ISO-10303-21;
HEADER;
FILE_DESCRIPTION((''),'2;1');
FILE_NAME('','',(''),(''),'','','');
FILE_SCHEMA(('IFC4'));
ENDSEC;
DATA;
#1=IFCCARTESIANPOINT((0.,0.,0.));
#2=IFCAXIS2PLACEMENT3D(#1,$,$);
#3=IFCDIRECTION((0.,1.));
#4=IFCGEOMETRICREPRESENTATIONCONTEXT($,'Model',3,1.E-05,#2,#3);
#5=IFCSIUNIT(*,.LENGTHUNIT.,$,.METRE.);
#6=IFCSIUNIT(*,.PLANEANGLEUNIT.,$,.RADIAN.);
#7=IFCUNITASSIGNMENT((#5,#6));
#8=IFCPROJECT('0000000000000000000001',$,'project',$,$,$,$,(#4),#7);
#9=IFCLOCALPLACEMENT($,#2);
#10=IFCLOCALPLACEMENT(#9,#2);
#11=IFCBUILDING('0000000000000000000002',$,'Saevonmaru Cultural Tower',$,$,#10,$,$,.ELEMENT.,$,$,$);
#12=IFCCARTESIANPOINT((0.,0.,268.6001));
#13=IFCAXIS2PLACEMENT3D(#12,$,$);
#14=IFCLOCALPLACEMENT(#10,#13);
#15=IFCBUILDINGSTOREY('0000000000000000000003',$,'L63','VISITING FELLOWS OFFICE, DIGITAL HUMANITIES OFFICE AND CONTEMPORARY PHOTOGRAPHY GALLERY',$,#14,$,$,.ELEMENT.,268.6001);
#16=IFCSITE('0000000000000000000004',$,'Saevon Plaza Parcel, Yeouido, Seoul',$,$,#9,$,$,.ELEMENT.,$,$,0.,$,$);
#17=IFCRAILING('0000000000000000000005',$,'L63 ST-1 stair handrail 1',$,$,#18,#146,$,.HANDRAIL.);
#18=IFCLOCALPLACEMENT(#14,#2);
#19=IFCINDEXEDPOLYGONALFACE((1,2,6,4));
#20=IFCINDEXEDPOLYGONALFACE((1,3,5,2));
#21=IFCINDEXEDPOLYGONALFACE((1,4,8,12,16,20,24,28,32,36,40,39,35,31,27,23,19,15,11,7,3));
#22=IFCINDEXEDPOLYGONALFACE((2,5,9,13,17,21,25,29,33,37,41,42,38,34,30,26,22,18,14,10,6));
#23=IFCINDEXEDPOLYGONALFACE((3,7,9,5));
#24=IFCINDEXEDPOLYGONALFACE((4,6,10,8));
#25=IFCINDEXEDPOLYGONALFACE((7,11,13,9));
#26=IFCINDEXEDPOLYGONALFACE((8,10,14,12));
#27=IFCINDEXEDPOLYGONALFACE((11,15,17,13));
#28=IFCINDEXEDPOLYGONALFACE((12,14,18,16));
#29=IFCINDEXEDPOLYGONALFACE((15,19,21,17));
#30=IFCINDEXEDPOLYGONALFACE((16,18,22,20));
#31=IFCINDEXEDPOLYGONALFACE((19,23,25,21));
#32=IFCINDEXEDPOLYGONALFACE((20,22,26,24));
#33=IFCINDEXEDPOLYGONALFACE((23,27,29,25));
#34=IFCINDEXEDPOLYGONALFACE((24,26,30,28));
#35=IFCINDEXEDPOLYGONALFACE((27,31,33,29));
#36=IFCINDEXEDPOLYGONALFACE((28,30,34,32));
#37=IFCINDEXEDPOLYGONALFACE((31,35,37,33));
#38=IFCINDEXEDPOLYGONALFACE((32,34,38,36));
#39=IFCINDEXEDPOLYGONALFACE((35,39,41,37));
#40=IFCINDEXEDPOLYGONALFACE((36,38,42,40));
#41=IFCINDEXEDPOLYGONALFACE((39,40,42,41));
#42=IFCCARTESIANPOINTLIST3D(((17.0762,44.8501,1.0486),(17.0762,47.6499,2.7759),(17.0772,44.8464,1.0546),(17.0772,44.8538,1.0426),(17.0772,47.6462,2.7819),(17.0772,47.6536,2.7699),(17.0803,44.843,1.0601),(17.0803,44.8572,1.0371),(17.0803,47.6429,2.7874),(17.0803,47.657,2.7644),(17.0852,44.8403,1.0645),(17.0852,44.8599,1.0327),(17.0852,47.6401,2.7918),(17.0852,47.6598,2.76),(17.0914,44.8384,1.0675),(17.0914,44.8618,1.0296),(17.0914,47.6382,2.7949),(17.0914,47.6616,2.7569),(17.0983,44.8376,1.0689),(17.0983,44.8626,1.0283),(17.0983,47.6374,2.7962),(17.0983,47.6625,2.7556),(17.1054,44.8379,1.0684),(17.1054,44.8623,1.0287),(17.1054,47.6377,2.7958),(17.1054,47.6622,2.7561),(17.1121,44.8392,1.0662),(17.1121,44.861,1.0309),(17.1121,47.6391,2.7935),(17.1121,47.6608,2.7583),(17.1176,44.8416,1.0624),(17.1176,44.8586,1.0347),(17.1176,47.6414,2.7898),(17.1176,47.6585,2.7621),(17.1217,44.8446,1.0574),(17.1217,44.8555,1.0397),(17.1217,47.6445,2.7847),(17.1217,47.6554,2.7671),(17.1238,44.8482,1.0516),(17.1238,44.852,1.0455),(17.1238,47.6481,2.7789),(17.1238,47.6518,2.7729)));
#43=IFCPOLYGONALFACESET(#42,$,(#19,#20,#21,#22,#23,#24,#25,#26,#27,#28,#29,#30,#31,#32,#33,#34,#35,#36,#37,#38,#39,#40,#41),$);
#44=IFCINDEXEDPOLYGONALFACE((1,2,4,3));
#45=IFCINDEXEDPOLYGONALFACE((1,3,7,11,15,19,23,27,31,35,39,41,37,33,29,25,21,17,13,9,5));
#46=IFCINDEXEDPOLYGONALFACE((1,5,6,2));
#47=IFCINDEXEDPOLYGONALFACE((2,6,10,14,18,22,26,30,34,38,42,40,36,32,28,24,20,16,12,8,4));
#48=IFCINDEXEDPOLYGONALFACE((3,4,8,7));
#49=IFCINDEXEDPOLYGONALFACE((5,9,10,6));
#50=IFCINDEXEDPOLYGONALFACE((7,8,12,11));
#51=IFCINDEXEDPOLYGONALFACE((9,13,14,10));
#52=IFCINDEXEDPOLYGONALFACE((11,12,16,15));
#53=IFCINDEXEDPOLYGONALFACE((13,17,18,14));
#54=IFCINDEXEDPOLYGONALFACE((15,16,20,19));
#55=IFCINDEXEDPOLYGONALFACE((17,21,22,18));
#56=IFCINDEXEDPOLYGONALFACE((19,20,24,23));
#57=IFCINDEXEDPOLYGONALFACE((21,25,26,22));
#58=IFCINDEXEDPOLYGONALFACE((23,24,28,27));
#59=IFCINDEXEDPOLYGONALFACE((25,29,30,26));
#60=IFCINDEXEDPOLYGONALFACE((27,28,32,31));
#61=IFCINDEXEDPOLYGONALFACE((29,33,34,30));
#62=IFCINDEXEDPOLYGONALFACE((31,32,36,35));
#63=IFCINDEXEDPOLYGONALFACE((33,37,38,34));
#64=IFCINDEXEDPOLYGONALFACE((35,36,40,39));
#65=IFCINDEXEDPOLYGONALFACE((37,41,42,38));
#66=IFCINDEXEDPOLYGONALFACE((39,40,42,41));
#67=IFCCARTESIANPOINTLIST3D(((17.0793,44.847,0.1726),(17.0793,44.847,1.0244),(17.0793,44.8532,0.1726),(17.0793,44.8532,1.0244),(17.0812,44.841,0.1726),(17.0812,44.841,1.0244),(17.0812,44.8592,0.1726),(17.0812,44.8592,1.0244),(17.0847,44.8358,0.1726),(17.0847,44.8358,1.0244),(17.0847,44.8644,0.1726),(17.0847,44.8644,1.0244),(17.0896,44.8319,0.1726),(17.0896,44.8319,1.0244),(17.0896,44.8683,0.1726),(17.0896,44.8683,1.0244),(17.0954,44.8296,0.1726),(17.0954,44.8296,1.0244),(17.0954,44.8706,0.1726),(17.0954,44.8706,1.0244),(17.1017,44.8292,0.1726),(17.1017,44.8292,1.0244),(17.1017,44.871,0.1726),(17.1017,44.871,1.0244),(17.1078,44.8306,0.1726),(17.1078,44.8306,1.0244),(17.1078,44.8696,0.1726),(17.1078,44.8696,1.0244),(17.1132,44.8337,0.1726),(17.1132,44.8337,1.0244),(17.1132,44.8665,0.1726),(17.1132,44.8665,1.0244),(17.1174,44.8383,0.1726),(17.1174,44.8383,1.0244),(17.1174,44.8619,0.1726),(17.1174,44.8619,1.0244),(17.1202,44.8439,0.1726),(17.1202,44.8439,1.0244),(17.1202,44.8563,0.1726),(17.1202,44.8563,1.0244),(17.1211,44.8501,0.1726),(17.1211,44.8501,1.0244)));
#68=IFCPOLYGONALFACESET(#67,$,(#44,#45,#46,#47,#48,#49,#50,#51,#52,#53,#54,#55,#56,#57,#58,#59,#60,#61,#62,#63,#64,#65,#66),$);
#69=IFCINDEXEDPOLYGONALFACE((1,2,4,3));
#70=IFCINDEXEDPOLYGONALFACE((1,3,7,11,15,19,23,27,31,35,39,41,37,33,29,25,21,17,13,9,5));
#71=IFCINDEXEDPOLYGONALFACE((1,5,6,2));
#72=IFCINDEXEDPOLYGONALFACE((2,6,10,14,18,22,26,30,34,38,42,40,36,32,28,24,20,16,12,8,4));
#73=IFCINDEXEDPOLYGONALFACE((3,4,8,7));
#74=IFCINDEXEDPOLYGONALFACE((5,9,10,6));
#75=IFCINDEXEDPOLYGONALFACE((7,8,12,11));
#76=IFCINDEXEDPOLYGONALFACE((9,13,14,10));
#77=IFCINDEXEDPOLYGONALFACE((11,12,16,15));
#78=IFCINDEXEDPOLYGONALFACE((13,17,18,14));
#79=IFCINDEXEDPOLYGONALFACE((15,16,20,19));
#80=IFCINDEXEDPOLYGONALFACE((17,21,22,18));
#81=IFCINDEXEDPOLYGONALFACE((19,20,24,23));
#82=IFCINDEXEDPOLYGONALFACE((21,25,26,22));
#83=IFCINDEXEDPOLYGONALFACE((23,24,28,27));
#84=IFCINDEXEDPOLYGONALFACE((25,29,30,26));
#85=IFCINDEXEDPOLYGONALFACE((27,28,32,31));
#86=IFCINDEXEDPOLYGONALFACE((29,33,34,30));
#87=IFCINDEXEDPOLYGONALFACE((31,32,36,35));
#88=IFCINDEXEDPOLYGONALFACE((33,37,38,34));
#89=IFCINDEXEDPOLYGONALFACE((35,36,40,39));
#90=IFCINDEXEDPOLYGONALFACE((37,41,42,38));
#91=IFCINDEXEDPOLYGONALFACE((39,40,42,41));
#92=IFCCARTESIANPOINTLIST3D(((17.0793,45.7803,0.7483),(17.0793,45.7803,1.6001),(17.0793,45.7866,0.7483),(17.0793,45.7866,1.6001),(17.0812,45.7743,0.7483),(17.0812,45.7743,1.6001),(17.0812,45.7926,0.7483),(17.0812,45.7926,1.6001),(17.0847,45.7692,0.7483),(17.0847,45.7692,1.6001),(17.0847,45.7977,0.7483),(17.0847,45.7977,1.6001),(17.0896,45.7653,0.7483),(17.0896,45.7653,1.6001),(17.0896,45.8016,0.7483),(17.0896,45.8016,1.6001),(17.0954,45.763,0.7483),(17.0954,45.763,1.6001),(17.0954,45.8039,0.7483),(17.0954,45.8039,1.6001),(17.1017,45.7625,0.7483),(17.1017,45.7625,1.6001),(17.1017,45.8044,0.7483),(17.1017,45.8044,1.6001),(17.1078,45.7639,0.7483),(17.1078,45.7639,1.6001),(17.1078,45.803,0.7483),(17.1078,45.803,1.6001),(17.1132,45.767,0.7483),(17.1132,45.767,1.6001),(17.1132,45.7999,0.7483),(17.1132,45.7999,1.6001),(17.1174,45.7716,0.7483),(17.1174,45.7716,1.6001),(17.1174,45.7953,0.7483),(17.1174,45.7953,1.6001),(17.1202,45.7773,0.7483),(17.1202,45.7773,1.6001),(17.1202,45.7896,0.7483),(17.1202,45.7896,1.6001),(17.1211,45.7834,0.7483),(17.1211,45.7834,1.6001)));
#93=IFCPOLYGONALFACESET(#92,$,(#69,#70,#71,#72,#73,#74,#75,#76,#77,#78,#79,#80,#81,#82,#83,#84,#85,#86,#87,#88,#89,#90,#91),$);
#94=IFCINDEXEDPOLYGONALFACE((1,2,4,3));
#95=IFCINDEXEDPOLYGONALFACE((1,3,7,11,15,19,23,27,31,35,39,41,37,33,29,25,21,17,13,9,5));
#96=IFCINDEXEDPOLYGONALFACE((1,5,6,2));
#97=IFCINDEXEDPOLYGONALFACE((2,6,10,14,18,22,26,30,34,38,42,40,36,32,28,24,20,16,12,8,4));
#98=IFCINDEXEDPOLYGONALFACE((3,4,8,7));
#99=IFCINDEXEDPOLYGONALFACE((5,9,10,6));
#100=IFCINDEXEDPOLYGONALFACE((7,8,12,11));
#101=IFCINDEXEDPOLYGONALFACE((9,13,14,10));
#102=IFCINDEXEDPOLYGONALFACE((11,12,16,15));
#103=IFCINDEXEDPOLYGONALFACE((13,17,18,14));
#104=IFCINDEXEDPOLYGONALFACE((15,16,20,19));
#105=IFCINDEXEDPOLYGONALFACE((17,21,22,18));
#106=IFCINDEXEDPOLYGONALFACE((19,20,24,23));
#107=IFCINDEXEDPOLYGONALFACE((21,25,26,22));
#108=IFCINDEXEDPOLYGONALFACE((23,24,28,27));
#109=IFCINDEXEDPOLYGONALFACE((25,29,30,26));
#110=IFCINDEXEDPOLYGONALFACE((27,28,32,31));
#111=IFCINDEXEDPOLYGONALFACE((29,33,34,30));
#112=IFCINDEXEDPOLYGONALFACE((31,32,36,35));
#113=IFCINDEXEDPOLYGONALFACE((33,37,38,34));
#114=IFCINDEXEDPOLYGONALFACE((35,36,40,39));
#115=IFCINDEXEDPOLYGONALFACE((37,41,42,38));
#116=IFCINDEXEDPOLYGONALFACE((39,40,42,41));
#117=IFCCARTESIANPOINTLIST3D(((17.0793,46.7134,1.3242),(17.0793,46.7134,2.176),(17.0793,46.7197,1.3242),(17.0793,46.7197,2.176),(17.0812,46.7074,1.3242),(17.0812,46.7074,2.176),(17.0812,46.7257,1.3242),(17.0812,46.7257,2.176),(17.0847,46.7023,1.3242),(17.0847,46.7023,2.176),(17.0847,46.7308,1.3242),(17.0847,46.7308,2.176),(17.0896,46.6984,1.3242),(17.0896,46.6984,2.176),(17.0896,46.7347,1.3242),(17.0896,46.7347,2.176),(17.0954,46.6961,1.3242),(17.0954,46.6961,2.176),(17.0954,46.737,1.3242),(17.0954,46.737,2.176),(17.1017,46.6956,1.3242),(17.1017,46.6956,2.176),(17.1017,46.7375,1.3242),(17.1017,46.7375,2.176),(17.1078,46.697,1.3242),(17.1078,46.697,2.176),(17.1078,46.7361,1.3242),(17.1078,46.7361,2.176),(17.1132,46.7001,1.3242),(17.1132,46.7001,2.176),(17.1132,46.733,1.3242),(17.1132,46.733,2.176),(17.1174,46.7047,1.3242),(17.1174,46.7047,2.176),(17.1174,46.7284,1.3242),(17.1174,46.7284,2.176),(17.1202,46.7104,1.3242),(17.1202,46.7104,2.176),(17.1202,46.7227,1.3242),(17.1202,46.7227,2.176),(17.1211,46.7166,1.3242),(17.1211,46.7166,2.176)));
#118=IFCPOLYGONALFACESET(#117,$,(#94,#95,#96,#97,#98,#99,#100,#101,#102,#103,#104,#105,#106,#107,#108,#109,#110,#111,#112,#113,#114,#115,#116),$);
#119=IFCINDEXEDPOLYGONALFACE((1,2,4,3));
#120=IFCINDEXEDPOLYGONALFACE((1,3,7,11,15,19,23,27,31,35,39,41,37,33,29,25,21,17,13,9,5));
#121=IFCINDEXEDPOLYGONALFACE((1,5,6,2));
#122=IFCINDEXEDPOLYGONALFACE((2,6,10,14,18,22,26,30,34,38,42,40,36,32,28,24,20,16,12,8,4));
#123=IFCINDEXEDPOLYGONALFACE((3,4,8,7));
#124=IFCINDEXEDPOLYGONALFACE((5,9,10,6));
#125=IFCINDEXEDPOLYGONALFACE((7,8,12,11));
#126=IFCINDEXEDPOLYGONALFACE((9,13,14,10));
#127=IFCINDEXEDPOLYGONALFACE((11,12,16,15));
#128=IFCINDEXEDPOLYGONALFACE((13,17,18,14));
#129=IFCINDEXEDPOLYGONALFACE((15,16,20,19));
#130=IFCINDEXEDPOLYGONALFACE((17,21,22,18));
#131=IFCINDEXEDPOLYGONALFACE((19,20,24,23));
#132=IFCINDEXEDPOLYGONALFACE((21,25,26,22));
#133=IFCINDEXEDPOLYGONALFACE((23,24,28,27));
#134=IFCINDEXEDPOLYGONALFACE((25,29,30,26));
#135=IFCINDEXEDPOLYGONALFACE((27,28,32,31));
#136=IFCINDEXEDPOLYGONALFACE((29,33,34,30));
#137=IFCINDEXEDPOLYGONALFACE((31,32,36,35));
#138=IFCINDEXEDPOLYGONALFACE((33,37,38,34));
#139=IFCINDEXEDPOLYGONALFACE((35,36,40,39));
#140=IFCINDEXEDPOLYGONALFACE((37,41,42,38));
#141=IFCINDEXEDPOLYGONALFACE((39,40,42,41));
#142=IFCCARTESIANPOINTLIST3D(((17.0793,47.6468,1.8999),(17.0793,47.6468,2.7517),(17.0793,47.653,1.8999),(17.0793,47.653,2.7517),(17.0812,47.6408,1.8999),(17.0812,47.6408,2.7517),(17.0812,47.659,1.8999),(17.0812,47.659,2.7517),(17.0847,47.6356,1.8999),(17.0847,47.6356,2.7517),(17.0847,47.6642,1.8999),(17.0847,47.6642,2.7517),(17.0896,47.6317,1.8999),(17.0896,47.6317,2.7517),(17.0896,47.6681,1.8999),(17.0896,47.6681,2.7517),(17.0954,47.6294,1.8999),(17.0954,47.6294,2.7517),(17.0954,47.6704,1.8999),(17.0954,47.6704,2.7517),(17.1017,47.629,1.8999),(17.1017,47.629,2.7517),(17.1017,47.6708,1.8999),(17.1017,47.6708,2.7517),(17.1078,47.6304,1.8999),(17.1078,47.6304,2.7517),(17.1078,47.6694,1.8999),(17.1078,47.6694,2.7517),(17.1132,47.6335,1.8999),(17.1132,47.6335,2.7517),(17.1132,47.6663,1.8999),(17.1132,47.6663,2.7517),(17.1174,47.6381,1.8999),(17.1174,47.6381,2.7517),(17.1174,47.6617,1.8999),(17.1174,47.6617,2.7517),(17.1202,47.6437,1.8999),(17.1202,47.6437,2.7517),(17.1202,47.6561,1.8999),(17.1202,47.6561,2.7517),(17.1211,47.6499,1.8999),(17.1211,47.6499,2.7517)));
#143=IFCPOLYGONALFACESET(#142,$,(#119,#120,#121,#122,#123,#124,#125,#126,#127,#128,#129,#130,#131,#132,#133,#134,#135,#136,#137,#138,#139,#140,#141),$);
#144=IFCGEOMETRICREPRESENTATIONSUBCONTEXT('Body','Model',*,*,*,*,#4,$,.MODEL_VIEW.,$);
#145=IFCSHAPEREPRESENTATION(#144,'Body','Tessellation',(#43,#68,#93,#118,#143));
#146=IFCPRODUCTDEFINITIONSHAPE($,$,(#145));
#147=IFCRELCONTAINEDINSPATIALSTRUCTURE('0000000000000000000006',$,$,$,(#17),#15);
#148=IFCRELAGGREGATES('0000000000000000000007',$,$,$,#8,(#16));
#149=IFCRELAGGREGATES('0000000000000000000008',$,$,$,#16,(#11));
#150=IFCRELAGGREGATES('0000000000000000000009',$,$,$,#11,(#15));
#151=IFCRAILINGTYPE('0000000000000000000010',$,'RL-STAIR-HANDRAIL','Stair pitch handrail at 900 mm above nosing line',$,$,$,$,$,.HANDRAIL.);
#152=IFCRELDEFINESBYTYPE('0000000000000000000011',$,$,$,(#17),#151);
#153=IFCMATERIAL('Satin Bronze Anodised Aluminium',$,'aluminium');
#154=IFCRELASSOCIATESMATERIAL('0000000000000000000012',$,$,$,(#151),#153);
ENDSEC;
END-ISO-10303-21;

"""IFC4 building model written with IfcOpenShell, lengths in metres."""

from ifc_helpers import new_model, si_unit, direction, frame, origin, origin_2d, place, context, subcontext, project, spatial, circle, extrude, material, type_object, element, save


model = new_model("IFC4")

# Units and contexts
model_context = context("Model", 3, precision=1e-05, world=origin(), true_north=direction((0.0, 1.0)))
body_context = subcontext(model_context, "Body", "Model", "MODEL_VIEW")
ifc_project = project(units=[si_unit("LENGTHUNIT", "METRE"), si_unit("PLANEANGLEUNIT", "RADIAN")], contexts=[model_context])

# Site, building, storey
site_placement = place(None, origin())
site = spatial("IfcSite", under=ifc_project, at=site_placement, Name="Saevon Plaza Parcel, Yeouido, Seoul", CompositionType="ELEMENT", RefElevation=0.0)
building_placement = place(site_placement, origin())
building = spatial("IfcBuilding", under=site, at=building_placement, Name="Saevonmaru Cultural Tower", CompositionType="ELEMENT")
storey_placement = place(building_placement, frame((0.0, 0.0, 268.6001)))
storey = spatial("IfcBuildingStorey", under=building, at=storey_placement, Name="L63", Description="VISITING FELLOWS OFFICE, DIGITAL HUMANITIES OFFICE AND CONTEMPORARY PHOTOGRAPHY GALLERY", CompositionType="ELEMENT", Elevation=268.6001)

# Shared definitions
ifc_material_1 = material(Name="Satin Bronze Anodised Aluminium", Category="aluminium")

# Railing
railing_type_1 = type_object("IfcRailingType", Name="RL-STAIR-HANDRAIL", Description="Stair pitch handrail at 900 mm above nosing line", PredefinedType="HANDRAIL", material=ifc_material_1)
railing_1_placement = place(storey_placement, frame((17.1001, 44.8501, 0.1726)))
element("IfcRailing", 1, at=railing_1_placement, inside=storey, type_object=railing_type_1, Name="L63 ST-1 stair handrail 1", PredefinedType="HANDRAIL", context=body_context, shape_type="SweptSolid", body=[
    extrude(circle(Radius=0.0239, at=origin_2d()), frame((0.0, 0.0, 0.876), z_axis=(0.0, 0.851069, 0.525054), x_axis=(-1.0, 0.0, 0.0)), (0.0, 0.0, 1.0), 3.2898),
    extrude(circle(Radius=0.021, at=origin_2d()), origin(), (0.0, 0.0, 1.0), 0.8518),
    extrude(circle(Radius=0.021, at=origin_2d()), frame((0.0, 0.9333, 0.5757)), (0.0, 0.0, 1.0), 0.8518),
    extrude(circle(Radius=0.021, at=origin_2d()), frame((0.0, 1.8665, 1.1516)), (0.0, 0.0, 1.0), 0.8518),
    extrude(circle(Radius=0.021, at=origin_2d()), frame((0.0, 2.7998, 1.7273)), (0.0, 0.0, 1.0), 0.8518),
])

save(model, "model.ifc")
